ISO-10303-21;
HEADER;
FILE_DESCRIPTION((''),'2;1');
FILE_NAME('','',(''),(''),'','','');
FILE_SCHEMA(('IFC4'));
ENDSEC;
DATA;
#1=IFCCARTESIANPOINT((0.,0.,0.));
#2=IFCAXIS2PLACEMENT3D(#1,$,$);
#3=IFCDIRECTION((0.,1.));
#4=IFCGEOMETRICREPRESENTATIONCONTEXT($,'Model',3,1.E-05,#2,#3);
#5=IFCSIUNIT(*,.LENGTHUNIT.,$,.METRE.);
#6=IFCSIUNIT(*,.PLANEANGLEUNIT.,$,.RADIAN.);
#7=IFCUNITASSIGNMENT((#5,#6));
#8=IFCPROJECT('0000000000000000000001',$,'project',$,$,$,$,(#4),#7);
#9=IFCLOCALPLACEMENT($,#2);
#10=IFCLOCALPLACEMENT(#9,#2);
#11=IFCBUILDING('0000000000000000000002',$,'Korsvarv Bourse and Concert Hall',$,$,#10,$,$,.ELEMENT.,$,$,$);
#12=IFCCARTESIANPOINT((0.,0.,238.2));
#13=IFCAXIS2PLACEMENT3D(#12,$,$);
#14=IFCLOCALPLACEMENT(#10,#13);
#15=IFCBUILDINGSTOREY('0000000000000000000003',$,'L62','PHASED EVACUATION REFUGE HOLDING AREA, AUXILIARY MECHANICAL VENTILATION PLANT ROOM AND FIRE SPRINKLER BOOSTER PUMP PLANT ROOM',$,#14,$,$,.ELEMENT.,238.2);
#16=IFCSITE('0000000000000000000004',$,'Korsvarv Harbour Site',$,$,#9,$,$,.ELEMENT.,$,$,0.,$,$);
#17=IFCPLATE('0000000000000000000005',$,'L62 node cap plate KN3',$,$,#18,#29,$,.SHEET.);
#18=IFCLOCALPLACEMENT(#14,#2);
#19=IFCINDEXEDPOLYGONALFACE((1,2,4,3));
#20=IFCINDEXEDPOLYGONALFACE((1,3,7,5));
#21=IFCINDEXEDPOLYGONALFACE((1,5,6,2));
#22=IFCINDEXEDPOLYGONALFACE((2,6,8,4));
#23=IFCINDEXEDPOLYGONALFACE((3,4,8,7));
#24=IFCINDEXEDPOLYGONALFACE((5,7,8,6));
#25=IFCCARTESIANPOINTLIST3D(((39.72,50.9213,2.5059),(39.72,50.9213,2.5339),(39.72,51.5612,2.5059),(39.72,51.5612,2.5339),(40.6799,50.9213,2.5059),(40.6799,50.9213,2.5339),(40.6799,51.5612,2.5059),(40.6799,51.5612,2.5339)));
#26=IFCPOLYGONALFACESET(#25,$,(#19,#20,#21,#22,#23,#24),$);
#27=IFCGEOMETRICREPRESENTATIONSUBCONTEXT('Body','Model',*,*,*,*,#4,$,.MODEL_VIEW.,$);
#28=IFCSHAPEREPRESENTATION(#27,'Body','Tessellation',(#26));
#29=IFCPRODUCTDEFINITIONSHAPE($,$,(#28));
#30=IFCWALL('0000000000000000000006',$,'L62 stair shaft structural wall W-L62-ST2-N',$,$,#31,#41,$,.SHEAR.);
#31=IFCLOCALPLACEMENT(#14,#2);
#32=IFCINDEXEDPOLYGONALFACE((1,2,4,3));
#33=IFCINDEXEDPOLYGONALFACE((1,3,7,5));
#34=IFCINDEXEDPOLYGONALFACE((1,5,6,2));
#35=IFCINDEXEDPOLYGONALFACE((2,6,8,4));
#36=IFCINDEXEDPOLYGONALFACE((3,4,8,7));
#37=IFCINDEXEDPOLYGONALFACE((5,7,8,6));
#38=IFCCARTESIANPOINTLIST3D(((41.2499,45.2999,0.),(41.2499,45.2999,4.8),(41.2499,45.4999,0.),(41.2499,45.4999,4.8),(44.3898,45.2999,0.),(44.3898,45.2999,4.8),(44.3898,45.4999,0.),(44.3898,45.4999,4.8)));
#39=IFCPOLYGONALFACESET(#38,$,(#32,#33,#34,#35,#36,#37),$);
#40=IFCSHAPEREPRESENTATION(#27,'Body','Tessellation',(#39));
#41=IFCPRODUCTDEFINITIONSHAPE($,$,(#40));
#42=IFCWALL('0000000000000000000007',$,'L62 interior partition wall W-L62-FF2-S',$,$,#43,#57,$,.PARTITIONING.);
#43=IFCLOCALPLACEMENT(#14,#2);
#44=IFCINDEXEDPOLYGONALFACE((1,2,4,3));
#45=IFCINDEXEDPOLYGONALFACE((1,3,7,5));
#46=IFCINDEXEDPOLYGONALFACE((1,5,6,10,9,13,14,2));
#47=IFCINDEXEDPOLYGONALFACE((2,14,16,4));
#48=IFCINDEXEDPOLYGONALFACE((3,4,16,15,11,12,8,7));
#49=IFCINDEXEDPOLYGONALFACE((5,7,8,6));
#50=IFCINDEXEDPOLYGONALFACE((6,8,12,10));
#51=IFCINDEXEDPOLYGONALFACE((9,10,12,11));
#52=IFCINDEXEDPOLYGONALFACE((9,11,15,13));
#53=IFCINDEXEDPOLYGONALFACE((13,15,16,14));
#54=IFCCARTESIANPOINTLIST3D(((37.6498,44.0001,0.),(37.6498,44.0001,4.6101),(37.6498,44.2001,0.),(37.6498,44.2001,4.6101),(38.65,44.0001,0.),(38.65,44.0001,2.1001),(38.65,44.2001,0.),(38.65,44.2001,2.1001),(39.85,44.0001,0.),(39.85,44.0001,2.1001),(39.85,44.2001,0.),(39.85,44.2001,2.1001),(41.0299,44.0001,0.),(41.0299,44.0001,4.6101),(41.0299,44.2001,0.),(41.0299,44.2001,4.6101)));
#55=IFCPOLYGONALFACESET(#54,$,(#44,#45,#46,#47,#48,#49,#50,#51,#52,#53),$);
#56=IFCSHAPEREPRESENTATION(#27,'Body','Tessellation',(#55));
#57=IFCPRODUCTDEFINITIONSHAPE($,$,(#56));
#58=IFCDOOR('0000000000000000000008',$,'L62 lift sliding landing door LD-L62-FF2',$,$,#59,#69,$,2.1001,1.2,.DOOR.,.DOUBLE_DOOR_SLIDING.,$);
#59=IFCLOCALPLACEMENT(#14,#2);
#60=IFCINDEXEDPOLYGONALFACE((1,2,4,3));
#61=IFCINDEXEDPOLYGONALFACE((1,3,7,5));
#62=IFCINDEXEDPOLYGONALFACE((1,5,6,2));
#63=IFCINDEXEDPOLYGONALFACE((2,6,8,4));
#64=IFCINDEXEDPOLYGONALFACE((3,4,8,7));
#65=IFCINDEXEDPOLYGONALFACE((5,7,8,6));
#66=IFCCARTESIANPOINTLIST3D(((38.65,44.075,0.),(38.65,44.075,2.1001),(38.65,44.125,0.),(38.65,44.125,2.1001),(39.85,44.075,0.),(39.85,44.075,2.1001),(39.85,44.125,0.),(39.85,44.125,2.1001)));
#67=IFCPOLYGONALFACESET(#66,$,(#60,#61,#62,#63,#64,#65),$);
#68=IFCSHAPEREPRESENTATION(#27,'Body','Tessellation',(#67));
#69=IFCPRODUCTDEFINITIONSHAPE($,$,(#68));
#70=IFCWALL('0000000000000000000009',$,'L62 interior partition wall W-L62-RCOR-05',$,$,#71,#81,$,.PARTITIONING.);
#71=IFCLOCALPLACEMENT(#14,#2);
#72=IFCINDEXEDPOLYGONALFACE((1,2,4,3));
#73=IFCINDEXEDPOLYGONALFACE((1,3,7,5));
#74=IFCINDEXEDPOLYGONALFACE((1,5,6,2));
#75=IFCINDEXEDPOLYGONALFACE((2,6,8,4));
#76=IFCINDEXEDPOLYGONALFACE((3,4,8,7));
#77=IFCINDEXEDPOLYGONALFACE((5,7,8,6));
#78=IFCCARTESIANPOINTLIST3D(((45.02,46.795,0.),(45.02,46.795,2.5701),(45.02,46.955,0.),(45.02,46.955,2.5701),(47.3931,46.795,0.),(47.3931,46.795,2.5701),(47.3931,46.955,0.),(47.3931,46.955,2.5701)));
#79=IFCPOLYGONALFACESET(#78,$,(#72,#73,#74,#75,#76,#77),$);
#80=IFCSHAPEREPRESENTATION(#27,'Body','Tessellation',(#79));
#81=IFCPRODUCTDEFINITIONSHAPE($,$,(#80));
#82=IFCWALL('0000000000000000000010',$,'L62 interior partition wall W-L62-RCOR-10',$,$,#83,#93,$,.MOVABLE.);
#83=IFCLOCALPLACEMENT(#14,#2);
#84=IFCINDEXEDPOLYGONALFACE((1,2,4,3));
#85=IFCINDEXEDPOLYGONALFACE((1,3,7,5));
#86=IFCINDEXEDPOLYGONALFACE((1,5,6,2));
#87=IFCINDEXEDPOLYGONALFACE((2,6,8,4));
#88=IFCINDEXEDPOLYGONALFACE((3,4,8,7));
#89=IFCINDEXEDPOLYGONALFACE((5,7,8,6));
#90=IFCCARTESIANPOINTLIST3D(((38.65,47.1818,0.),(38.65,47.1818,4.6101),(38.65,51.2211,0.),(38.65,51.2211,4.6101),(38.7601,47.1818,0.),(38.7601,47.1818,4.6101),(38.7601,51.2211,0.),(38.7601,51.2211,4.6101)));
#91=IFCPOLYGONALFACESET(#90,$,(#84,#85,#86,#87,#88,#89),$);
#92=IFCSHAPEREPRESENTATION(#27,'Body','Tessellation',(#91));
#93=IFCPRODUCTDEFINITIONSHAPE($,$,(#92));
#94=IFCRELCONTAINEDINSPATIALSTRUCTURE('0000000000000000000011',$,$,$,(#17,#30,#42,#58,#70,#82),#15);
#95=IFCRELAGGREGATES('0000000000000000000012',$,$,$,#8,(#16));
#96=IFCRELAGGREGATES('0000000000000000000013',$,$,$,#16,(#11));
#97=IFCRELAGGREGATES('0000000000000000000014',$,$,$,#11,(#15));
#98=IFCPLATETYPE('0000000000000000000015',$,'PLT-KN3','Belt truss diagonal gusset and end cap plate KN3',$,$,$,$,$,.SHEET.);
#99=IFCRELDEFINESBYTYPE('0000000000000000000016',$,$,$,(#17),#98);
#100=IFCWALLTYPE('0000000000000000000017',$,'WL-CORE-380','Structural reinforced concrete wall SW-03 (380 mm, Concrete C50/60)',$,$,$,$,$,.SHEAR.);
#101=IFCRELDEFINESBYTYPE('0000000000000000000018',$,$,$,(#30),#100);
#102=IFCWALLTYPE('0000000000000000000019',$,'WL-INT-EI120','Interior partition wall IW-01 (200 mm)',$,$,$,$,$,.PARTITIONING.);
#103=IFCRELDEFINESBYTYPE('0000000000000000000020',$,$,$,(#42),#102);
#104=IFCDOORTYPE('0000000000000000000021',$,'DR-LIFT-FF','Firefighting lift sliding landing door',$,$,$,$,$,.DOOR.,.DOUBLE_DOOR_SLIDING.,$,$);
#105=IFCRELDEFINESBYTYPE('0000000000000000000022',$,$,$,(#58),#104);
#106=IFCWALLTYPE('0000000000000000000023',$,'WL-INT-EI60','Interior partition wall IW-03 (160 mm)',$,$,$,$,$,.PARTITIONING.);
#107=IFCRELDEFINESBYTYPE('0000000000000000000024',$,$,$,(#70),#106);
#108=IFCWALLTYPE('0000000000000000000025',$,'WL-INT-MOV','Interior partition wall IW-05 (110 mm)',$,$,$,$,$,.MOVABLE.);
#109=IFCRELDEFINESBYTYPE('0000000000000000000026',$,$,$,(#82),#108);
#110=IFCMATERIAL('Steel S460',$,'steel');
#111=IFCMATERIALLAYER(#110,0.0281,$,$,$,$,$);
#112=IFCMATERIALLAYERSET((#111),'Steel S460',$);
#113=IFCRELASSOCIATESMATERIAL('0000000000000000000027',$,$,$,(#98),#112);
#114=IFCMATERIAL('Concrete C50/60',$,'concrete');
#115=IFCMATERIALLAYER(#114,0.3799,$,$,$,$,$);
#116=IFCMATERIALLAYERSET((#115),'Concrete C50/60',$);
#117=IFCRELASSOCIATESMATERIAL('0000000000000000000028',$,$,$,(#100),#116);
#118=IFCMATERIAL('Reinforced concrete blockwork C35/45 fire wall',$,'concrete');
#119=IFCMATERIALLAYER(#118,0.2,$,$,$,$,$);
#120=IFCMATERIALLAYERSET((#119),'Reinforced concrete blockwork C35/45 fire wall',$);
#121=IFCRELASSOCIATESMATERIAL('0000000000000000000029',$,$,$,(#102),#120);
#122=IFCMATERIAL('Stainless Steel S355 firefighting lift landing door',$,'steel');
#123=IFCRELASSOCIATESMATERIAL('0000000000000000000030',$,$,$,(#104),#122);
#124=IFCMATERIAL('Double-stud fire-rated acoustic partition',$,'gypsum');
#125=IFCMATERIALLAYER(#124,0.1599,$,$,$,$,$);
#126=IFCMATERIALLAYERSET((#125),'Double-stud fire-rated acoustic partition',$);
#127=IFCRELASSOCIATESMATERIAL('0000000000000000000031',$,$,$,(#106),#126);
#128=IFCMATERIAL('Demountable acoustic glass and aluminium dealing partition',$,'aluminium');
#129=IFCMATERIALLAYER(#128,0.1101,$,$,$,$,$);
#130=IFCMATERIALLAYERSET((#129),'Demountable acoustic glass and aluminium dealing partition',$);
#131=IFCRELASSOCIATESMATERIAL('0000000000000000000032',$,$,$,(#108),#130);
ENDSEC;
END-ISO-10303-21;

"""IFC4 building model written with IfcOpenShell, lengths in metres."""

from ifc_helpers import new_model, si_unit, direction, frame, frame_2d, origin, origin_2d, place, context, subcontext, project, spatial, rectangle, extrude, source, transform, mapped, material, layer, layer_set, type_object, element, fill, save


model = new_model("IFC4")

# Units and contexts
model_context = context("Model", 3, precision=1e-05, world=origin(), true_north=direction((0.0, 1.0)))
body_context = subcontext(model_context, "Body", "Model", "MODEL_VIEW")
ifc_project = project(units=[si_unit("LENGTHUNIT", "METRE"), si_unit("PLANEANGLEUNIT", "RADIAN")], contexts=[model_context])

# Site, building, storey
site_placement = place(None, origin())
site = spatial("IfcSite", under=ifc_project, at=site_placement, Name="Korsvarv Harbour Site", CompositionType="ELEMENT", RefElevation=0.0)
building_placement = place(site_placement, origin())
building = spatial("IfcBuilding", under=site, at=building_placement, Name="Korsvarv Bourse and Concert Hall", CompositionType="ELEMENT")
storey_placement = place(building_placement, frame((0.0, 0.0, 238.2)))
storey = spatial("IfcBuildingStorey", under=building, at=storey_placement, Name="L62", Description="PHASED EVACUATION REFUGE HOLDING AREA, AUXILIARY MECHANICAL VENTILATION PLANT ROOM AND FIRE SPRINKLER BOOSTER PUMP PLANT ROOM", CompositionType="ELEMENT", Elevation=238.2)

# Plate
ifc_material_1 = material(Name="Steel S460", Category="steel")
ifc_layer_1 = layer(ifc_material_1, 0.0281)
ifc_layer_set_1 = layer_set([ifc_layer_1], Name="Steel S460")
plate_type_1 = type_object("IfcPlateType", Name="PLT-KN3", Description="Belt truss diagonal gusset and end cap plate KN3", PredefinedType="SHEET", material=ifc_layer_set_1)
shared_shape_1 = source(origin(), body_context, "Body", "SweptSolid", [
    extrude(rectangle(XDim=0.96, YDim=0.6399, at=origin_2d()), origin(), (0.0, 0.0, 1.0), 0.0281),
])
for number, where, z_axis, x_axis, name in (
    (1, (40.2, 51.2412, 2.5059), (0.0, 0.0, 1.0), (1.0, 0.0, 0.0), "L62 node cap plate KN3"),
):
    element("IfcPlate", number, at=place(storey_placement, frame(where, z_axis=z_axis, x_axis=x_axis)), inside=storey, type_object=plate_type_1, Name=name, PredefinedType="SHEET", context=body_context, shape_type="MappedRepresentation", body=[
        mapped(shared_shape_1, transform((0.0, 0.0, 0.0), scale=1.0)),
    ])

# Wall
ifc_material_2 = material(Name="Concrete C50/60", Category="concrete")
ifc_layer_2 = layer(ifc_material_2, 0.3799)
ifc_layer_set_2 = layer_set([ifc_layer_2], Name="Concrete C50/60")
wall_type_1 = type_object("IfcWallType", Name="WL-CORE-380", Description="Structural reinforced concrete wall SW-03 (380 mm, Concrete C50/60)", PredefinedType="SHEAR", material=ifc_layer_set_2)
wall_1_placement = place(storey_placement, frame((41.25, 45.3999, 0.0), z_axis=(0.0, 0.0, 1.0), x_axis=(1.0, 0.0, 0.0)))
element("IfcWall", 2, at=wall_1_placement, inside=storey, type_object=wall_type_1, Name="L62 stair shaft structural wall W-L62-ST2-N", PredefinedType="SHEAR", context=body_context, shape_type="SweptSolid", body=[
    extrude(rectangle(XDim=3.1399, YDim=0.2, at=frame_2d((1.5698, 0.0))), origin(), (0.0, 0.0, 1.0), 4.8),
])

# Wall, opening, door
ifc_material_3 = material(Name="Reinforced concrete blockwork C35/45 fire wall", Category="concrete")
ifc_layer_3 = layer(ifc_material_3, 0.2)
ifc_layer_set_3 = layer_set([ifc_layer_3], Name="Reinforced concrete blockwork C35/45 fire wall")
wall_type_2 = type_object("IfcWallType", Name="WL-INT-EI120", Description="Interior partition wall IW-01 (200 mm)", PredefinedType="PARTITIONING", material=ifc_layer_set_3)
wall_2_placement = place(storey_placement, frame((37.6499, 44.1001, 0.0), z_axis=(0.0, 0.0, 1.0), x_axis=(1.0, 0.0, 0.0)))
wall_2 = element("IfcWall", 3, at=wall_2_placement, inside=storey, type_object=wall_type_2, Name="L62 interior partition wall W-L62-FF2-S", PredefinedType="PARTITIONING", context=body_context, shape_type="SweptSolid", body=[
    extrude(rectangle(XDim=3.3801, YDim=0.2, at=frame_2d((1.6899, 0.0))), origin(), (0.0, 0.0, 1.0), 4.6101),
])
opening_placement = place(wall_2_placement, frame((1.0, 0.0, 0.0)))
opening = element("IfcOpeningElement", 4, at=opening_placement, cuts=wall_2, PredefinedType="OPENING", context=body_context, shape_type="SweptSolid", body=[
    extrude(rectangle(XDim=1.2, YDim=2.1001, at=frame_2d((0.6001, 1.05))), frame((0.0, 0.1099, 0.0), z_axis=(0.0, -1.0, 0.0), x_axis=(1.0, 0.0, 0.0)), (0.0, 0.0, 1.0), 0.22),
])
ifc_material_4 = material(Name="Stainless Steel S355 firefighting lift landing door", Category="steel")
door_type = type_object("IfcDoorType", Name="DR-LIFT-FF", Description="Firefighting lift sliding landing door", OperationType="DOUBLE_DOOR_SLIDING", PredefinedType="DOOR", material=ifc_material_4)
door_placement = place(opening_placement, origin())
door = element("IfcDoor", 5, at=door_placement, inside=storey, type_object=door_type, Name="L62 lift sliding landing door LD-L62-FF2", OperationType="DOUBLE_DOOR_SLIDING", OverallHeight=2.1001, OverallWidth=1.2, PredefinedType="DOOR", context=body_context, shape_type="SweptSolid", body=[
    extrude(rectangle(XDim=1.2, YDim=2.1001, at=frame_2d((0.6001, 1.05))), frame((0.0, 0.0249, 0.0), z_axis=(0.0, -1.0, 0.0), x_axis=(1.0, 0.0, 0.0)), (0.0, 0.0, 1.0), 0.05),
])
fill(opening, door)

# Walls
ifc_material_5 = material(Name="Double-stud fire-rated acoustic partition", Category="gypsum")
ifc_layer_4 = layer(ifc_material_5, 0.1599)
ifc_layer_set_4 = layer_set([ifc_layer_4], Name="Double-stud fire-rated acoustic partition")
wall_type_3 = type_object("IfcWallType", Name="WL-INT-EI60", Description="Interior partition wall IW-03 (160 mm)", PredefinedType="PARTITIONING", material=ifc_layer_set_4)
wall_3_placement = place(storey_placement, frame((45.02, 46.875, 0.0), z_axis=(0.0, 0.0, 1.0), x_axis=(1.0, 0.0, 0.0)))
element("IfcWall", 6, at=wall_3_placement, inside=storey, type_object=wall_type_3, Name="L62 interior partition wall W-L62-RCOR-05", PredefinedType="PARTITIONING", context=body_context, shape_type="SweptSolid", body=[
    extrude(rectangle(XDim=2.373, YDim=0.1599, at=frame_2d((1.1865, 0.0))), origin(), (0.0, 0.0, 1.0), 2.5701),
])
ifc_material_6 = material(Name="Demountable acoustic glass and aluminium dealing partition", Category="aluminium")
ifc_layer_5 = layer(ifc_material_6, 0.1101)
ifc_layer_set_5 = layer_set([ifc_layer_5], Name="Demountable acoustic glass and aluminium dealing partition")
wall_type_4 = type_object("IfcWallType", Name="WL-INT-MOV", Description="Interior partition wall IW-05 (110 mm)", PredefinedType="MOVABLE", material=ifc_layer_set_5)
wall_4_placement = place(storey_placement, frame((38.7051, 47.1819, 0.0), z_axis=(0.0, 0.0, 1.0), x_axis=(0.0, 1.0, 0.0)))
element("IfcWall", 7, at=wall_4_placement, inside=storey, type_object=wall_type_4, Name="L62 interior partition wall W-L62-RCOR-10", PredefinedType="MOVABLE", context=body_context, shape_type="SweptSolid", body=[
    extrude(rectangle(XDim=4.0393, YDim=0.1101, at=frame_2d((2.0195, 0.0))), origin(), (0.0, 0.0, 1.0), 4.6101),
])

save(model, "model.ifc")
